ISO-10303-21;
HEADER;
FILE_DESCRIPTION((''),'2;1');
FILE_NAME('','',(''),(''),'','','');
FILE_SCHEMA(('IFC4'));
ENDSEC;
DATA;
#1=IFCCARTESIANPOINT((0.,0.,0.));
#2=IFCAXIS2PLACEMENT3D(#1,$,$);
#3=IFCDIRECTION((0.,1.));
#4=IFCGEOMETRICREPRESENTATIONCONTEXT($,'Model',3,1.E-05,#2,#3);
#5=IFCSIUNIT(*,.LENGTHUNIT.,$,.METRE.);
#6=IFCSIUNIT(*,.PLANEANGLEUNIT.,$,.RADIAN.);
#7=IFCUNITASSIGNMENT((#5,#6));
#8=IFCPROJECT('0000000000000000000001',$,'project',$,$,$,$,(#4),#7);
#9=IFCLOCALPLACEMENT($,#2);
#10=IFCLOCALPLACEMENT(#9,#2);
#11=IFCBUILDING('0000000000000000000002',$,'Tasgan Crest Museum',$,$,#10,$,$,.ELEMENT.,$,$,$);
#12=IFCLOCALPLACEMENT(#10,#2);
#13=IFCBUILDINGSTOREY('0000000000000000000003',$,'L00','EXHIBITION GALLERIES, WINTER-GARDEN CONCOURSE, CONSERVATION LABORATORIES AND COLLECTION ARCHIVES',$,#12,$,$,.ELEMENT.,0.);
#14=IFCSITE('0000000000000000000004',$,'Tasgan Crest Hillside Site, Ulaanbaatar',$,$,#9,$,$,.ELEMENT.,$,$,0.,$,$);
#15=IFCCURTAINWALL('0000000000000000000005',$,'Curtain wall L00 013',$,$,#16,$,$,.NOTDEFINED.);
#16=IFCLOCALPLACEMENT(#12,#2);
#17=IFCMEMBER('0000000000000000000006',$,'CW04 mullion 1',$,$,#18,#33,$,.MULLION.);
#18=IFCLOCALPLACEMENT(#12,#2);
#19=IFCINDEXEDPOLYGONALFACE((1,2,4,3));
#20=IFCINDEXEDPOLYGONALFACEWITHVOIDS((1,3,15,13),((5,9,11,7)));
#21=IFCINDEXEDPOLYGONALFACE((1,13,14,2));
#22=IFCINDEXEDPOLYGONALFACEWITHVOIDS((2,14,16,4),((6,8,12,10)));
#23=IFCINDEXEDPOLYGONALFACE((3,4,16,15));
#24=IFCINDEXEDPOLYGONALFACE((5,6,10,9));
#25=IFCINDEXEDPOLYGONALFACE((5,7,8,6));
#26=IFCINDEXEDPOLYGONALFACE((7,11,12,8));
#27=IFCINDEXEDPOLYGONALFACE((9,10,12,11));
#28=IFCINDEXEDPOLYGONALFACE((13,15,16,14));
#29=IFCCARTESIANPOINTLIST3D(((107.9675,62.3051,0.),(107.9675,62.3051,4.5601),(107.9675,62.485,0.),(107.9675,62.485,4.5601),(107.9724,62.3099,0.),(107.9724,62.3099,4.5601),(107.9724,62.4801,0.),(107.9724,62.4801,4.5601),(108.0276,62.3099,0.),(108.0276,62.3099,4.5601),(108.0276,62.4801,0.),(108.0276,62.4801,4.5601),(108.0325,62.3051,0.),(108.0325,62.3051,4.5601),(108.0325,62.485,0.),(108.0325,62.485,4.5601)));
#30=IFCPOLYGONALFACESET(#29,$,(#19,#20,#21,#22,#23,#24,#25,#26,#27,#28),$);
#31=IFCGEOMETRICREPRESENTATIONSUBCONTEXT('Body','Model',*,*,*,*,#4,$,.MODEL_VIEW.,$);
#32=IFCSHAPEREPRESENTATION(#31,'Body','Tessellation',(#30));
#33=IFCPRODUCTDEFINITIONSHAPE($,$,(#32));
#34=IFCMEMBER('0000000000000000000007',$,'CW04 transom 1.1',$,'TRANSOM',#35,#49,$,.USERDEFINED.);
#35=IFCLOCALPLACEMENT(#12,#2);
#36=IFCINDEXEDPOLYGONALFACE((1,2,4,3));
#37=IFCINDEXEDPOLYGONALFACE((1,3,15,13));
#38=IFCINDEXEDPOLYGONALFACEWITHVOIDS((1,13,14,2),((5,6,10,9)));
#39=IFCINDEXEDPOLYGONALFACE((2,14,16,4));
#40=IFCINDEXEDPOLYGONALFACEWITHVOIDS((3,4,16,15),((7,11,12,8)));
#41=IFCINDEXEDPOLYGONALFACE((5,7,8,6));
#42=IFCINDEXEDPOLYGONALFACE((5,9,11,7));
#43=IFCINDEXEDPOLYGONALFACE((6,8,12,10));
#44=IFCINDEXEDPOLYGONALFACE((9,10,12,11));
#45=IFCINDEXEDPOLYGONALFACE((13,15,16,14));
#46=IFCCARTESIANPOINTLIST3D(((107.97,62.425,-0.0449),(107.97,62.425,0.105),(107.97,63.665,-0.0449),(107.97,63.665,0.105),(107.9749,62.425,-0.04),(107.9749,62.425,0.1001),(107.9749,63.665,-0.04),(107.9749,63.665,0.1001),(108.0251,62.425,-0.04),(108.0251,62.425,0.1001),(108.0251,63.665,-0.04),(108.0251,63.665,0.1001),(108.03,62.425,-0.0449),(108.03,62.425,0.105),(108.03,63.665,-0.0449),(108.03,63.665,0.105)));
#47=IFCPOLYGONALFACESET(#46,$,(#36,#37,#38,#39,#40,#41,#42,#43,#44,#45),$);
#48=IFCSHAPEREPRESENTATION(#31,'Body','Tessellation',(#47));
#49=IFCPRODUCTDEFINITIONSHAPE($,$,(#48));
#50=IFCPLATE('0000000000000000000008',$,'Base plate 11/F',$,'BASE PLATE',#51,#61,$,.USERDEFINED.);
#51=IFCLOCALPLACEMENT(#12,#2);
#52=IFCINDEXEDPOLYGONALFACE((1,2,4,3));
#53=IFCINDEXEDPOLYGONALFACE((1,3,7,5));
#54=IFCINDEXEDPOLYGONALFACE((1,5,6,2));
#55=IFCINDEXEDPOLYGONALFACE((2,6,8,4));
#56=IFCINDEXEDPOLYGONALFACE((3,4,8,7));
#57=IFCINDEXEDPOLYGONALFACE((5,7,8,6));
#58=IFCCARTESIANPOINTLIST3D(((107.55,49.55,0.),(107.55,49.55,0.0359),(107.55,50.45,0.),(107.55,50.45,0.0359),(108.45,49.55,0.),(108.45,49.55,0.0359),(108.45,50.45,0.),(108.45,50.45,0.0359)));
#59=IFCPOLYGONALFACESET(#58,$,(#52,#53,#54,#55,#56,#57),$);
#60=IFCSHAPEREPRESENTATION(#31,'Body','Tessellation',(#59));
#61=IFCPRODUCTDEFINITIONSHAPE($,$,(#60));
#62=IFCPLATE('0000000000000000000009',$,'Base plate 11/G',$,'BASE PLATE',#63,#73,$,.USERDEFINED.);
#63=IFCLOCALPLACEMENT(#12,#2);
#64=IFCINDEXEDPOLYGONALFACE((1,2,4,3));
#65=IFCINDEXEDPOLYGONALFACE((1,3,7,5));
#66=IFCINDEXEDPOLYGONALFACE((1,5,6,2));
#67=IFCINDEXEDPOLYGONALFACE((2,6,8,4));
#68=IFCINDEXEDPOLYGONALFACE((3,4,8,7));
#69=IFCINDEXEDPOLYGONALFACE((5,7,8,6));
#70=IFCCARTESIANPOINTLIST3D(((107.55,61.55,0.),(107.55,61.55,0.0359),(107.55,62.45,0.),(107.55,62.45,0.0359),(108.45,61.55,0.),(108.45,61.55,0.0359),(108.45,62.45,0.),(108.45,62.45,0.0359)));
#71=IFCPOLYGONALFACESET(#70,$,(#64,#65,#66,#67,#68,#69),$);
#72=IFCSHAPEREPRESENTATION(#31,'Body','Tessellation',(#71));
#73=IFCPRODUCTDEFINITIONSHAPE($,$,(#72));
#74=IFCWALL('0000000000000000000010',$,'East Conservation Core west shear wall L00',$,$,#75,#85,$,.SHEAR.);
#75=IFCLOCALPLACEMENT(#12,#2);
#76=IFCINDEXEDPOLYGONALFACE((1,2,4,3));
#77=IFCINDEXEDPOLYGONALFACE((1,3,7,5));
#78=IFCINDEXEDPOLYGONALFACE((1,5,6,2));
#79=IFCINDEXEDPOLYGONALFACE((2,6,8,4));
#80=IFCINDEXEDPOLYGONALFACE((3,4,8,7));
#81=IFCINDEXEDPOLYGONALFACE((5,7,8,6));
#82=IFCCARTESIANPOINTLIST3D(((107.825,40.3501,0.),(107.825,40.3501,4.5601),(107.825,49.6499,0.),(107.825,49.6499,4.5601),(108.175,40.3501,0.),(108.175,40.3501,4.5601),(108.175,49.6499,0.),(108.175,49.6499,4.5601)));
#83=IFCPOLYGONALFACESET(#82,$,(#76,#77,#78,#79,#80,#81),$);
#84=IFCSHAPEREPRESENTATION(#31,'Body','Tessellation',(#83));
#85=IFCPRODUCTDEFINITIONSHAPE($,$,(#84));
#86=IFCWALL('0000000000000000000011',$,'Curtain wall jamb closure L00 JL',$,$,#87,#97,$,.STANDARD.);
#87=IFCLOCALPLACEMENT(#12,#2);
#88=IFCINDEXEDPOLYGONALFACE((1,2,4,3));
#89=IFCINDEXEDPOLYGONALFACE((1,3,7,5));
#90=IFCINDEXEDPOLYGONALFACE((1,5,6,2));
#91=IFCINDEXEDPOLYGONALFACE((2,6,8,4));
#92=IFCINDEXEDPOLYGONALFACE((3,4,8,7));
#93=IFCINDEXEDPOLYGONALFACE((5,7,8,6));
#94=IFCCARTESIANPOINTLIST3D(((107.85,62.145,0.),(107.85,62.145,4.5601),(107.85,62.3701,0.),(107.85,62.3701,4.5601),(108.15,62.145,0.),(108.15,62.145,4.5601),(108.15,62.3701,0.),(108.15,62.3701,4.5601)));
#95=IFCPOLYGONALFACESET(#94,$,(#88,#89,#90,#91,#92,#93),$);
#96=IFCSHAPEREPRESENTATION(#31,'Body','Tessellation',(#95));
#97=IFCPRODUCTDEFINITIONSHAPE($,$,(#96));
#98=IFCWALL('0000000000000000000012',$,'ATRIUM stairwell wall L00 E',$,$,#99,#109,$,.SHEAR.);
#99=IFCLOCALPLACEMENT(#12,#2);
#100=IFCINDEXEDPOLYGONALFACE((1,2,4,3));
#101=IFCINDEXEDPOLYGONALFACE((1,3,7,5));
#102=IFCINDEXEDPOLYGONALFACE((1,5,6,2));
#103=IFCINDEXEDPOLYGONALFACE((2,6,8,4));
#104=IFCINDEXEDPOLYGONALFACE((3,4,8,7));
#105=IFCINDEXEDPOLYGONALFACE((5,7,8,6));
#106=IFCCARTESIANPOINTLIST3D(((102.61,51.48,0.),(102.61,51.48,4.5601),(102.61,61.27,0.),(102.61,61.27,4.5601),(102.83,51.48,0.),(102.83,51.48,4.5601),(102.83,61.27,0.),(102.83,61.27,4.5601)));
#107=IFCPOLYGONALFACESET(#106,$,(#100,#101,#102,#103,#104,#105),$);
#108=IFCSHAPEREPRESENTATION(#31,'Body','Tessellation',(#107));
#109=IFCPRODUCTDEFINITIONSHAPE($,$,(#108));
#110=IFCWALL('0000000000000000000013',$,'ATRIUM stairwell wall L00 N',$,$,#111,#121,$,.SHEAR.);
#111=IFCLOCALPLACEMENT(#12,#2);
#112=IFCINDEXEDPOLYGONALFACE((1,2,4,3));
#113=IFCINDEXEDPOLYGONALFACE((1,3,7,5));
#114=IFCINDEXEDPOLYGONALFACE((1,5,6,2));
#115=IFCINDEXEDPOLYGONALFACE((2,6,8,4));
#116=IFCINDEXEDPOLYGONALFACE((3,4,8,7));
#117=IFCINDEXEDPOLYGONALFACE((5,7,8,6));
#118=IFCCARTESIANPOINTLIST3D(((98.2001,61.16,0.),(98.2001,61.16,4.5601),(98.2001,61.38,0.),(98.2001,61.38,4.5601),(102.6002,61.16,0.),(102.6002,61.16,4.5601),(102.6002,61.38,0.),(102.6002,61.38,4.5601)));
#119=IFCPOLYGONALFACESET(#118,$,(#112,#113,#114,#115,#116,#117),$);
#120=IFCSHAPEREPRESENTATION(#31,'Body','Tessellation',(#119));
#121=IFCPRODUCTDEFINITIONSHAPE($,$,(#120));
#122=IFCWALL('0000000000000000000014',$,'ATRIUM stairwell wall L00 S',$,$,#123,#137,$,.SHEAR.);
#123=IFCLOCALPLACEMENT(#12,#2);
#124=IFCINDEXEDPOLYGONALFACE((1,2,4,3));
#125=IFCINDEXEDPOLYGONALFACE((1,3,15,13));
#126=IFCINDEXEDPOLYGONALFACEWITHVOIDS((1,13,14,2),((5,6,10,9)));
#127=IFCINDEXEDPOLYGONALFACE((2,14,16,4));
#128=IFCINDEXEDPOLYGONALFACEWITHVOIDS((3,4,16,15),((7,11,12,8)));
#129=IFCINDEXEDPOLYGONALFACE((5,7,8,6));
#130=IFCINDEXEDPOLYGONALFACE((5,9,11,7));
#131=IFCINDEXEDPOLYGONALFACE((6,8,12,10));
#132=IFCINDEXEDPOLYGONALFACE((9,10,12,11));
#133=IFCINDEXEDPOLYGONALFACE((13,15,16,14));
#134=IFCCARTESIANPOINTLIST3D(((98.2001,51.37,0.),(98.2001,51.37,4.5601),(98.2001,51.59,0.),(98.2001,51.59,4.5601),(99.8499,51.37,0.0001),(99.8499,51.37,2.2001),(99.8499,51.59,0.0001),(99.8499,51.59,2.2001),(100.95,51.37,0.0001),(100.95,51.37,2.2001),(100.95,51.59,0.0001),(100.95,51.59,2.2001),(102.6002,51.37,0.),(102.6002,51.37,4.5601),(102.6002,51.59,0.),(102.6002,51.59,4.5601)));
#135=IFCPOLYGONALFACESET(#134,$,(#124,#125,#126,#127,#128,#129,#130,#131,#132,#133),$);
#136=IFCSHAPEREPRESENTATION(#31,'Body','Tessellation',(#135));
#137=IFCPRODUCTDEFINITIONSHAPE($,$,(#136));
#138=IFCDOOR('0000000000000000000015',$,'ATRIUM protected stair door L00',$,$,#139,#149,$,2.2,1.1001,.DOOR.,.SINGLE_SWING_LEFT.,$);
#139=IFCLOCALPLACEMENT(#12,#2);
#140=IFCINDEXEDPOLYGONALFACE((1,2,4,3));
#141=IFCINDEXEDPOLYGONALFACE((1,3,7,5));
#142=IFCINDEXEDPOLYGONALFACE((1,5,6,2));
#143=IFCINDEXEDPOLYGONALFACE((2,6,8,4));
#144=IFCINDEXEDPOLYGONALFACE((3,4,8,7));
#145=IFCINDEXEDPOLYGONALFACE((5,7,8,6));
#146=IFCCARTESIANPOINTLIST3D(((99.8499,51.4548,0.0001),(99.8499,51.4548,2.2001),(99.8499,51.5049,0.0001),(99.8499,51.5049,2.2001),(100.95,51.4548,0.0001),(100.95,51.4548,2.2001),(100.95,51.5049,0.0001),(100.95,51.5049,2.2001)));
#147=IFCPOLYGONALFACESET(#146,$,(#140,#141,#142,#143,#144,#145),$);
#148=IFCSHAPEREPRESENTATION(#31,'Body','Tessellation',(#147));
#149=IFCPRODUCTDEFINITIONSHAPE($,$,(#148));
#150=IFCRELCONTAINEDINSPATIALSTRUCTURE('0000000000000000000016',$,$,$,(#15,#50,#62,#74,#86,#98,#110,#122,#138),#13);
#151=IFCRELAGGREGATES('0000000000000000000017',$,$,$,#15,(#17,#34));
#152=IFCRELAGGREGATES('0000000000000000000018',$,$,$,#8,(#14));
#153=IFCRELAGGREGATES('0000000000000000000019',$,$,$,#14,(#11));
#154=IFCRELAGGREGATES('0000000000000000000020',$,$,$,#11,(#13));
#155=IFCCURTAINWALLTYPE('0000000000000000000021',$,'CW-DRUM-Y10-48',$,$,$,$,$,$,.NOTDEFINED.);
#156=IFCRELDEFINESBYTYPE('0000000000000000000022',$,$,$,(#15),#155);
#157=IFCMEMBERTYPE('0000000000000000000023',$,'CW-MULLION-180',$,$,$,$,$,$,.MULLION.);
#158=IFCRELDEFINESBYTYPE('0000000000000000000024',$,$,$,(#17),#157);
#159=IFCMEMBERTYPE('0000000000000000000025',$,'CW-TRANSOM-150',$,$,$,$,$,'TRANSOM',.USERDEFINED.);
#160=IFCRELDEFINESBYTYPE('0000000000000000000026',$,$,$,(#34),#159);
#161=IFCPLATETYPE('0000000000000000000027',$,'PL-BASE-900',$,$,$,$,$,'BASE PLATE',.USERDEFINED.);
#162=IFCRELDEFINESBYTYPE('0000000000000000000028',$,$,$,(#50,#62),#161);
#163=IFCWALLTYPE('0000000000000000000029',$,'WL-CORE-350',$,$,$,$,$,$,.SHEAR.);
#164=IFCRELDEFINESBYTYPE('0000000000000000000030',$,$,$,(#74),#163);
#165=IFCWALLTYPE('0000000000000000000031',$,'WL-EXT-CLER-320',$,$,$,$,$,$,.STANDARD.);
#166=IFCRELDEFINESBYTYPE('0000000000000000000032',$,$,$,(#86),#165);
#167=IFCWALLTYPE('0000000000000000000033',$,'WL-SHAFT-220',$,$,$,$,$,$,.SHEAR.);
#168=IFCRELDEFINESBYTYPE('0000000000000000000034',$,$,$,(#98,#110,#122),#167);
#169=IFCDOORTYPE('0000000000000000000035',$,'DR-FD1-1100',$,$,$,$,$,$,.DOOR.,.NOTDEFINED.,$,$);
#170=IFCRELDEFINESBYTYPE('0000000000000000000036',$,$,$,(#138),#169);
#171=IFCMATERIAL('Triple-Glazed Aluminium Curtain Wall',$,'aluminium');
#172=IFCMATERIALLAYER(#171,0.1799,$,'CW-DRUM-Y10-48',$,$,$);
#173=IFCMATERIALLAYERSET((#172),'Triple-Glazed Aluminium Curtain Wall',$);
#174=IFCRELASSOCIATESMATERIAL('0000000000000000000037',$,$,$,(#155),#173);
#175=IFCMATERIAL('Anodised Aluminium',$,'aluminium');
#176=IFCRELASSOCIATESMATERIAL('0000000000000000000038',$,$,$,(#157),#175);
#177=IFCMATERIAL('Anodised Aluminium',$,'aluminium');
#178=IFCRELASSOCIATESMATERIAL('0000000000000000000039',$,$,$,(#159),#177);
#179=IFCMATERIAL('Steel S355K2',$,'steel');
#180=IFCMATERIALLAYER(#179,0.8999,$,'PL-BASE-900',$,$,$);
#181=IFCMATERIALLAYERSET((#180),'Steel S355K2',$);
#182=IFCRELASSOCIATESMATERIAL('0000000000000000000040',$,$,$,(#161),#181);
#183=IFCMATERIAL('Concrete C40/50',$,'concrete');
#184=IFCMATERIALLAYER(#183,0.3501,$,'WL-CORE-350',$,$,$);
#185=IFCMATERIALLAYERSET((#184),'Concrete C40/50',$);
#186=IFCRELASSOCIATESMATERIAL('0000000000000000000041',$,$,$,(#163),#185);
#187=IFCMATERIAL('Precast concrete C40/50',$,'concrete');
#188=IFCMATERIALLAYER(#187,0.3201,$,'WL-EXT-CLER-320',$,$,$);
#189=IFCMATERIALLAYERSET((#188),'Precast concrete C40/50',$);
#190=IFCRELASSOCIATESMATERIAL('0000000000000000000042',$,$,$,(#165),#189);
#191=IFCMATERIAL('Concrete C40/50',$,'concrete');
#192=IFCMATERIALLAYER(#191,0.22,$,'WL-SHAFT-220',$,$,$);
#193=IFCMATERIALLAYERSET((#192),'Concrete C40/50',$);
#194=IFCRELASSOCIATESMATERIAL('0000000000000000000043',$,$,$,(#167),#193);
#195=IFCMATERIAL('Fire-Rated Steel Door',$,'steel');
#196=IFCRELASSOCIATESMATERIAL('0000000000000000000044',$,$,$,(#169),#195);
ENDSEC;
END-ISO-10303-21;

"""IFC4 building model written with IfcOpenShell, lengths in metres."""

from ifc_helpers import new_model, si_unit, direction, frame, frame_2d, origin, origin_2d, place, context, subcontext, project, spatial, rectangle, hollow_rectangle, extrude, material, layer, layer_set, material_profile, profile_set, type_object, element, fill, aggregate, save


model = new_model("IFC4")

# Units and contexts
model_context = context("Model", 3, precision=1e-05, world=origin(), true_north=direction((0.0, 1.0)))
body_context = subcontext(model_context, "Body", "Model", "MODEL_VIEW")
ifc_project = project(units=[si_unit("LENGTHUNIT", "METRE"), si_unit("PLANEANGLEUNIT", "RADIAN")], contexts=[model_context])

# Site, building, storey
site_placement = place(None, origin())
site = spatial("IfcSite", under=ifc_project, at=site_placement, Name="Tasgan Crest Hillside Site, Ulaanbaatar", CompositionType="ELEMENT", RefElevation=0.0)
building_placement = place(site_placement, origin())
building = spatial("IfcBuilding", under=site, at=building_placement, Name="Tasgan Crest Museum", CompositionType="ELEMENT")
storey_placement = place(building_placement, origin())
storey = spatial("IfcBuildingStorey", under=building, at=storey_placement, Name="L00", Description="EXHIBITION GALLERIES, WINTER-GARDEN CONCOURSE, CONSERVATION LABORATORIES AND COLLECTION ARCHIVES", CompositionType="ELEMENT", Elevation=0.0)

# Curtain wall, members
ifc_material_1 = material(Name="Triple-Glazed Aluminium Curtain Wall", Category="aluminium")
ifc_layer_1 = layer(ifc_material_1, 0.1799, Name="CW-DRUM-Y10-48")
ifc_layer_set_1 = layer_set([ifc_layer_1], Name="Triple-Glazed Aluminium Curtain Wall")
curtain_wall_type = type_object("IfcCurtainWallType", Name="CW-DRUM-Y10-48", PredefinedType="NOTDEFINED", material=ifc_layer_set_1)
curtain_wall_placement = place(storey_placement, origin())
curtain_wall = element("IfcCurtainWall", 1, at=curtain_wall_placement, inside=storey, type_object=curtain_wall_type, Name="Curtain wall L00 013", PredefinedType="NOTDEFINED")
ifc_material_2 = material(Name="Anodised Aluminium", Category="aluminium")
ifc_material_profile_1 = material_profile(ifc_material_2, hollow_rectangle(XDim=0.0649, YDim=0.1799, WallThickness=0.0049, at=origin_2d()), Name="ALU MULLION 180x65x5")
ifc_profile_set_1 = profile_set([ifc_material_profile_1], Name="Anodised Aluminium")
member_type_1 = type_object("IfcMemberType", Name="CW-MULLION-180", PredefinedType="MULLION", material=ifc_profile_set_1)
member_1_placement = place(storey_placement, frame((108.0, 62.395, 0.0), z_axis=(0.0, 0.0, 1.0), x_axis=(-1.0, 0.0, 0.0)))
member_1 = element("IfcMember", 2, at=member_1_placement, type_object=member_type_1, Name="CW04 mullion 1", PredefinedType="MULLION", context=body_context, shape_type="SweptSolid", body=[
    extrude(hollow_rectangle(XDim=0.0649, YDim=0.1799, WallThickness=0.0049, at=origin_2d()), origin(), (0.0, 0.0, 1.0), 4.5601),
])
ifc_material_3 = material(Name="Anodised Aluminium", Category="aluminium")
ifc_material_profile_2 = material_profile(ifc_material_3, hollow_rectangle(XDim=0.0601, YDim=0.1499, WallThickness=0.0049, at=origin_2d()), Name="ALU TRANSOM 150x60x5")
ifc_profile_set_2 = profile_set([ifc_material_profile_2], Name="Anodised Aluminium")
member_type_2 = type_object("IfcMemberType", Name="CW-TRANSOM-150", ElementType="TRANSOM", PredefinedType="USERDEFINED", material=ifc_profile_set_2)
member_2_placement = place(storey_placement, frame((108.0, 62.425, 0.03), z_axis=(0.0, 1.0, 0.0), x_axis=(-1.0, 0.0, 0.0)))
member_2 = element("IfcMember", 3, at=member_2_placement, type_object=member_type_2, Name="CW04 transom 1.1", ObjectType="TRANSOM", PredefinedType="USERDEFINED", context=body_context, shape_type="SweptSolid", body=[
    extrude(hollow_rectangle(XDim=0.0601, YDim=0.1499, WallThickness=0.0049, at=origin_2d()), origin(), (0.0, 0.0, 1.0), 1.24),
])
aggregate(curtain_wall, [member_1, member_2])

# Plates
ifc_material_4 = material(Name="Steel S355K2", Category="steel")
ifc_layer_2 = layer(ifc_material_4, 0.8999, Name="PL-BASE-900")
ifc_layer_set_2 = layer_set([ifc_layer_2], Name="Steel S355K2")
plate_type = type_object("IfcPlateType", Name="PL-BASE-900", ElementType="BASE PLATE", PredefinedType="USERDEFINED", material=ifc_layer_set_2)
for number, where, z_axis, x_axis, name in (
    (4, (108.0, 50.0, 0.0), (0.0, 0.0, 1.0), (1.0, 0.0, 0.0), "Base plate 11/F"),
    (5, (108.0, 62.0, 0.0), (0.0, 0.0, 1.0), (1.0, 0.0, 0.0), "Base plate 11/G"),
):
    element("IfcPlate", number, at=place(storey_placement, frame(where, z_axis=z_axis, x_axis=x_axis)), inside=storey, type_object=plate_type, Name=name, ObjectType="BASE PLATE", PredefinedType="USERDEFINED", context=body_context, shape_type="SweptSolid", body=[
        extrude(rectangle(XDim=0.8999, YDim=0.8999, at=origin_2d()), origin(), (0.0, 0.0, 1.0), 0.0359),
    ])

# Walls
ifc_material_5 = material(Name="Concrete C40/50", Category="concrete")
ifc_layer_3 = layer(ifc_material_5, 0.3501, Name="WL-CORE-350")
ifc_layer_set_3 = layer_set([ifc_layer_3], Name="Concrete C40/50")
wall_type_1 = type_object("IfcWallType", Name="WL-CORE-350", PredefinedType="SHEAR", material=ifc_layer_set_3)
wall_1_placement = place(storey_placement, frame((108.0, 40.3501, 0.0), z_axis=(0.0, 0.0, 1.0), x_axis=(0.0, 1.0, 0.0)))
element("IfcWall", 6, at=wall_1_placement, inside=storey, type_object=wall_type_1, Name="East Conservation Core west shear wall L00", PredefinedType="SHEAR", context=body_context, shape_type="SweptSolid", body=[
    extrude(rectangle(XDim=9.2998, YDim=0.3501, at=frame_2d((4.6499, 0.0))), origin(), (0.0, 0.0, 1.0), 4.5601),
])
ifc_material_6 = material(Name="Precast concrete C40/50", Category="concrete")
ifc_layer_4 = layer(ifc_material_6, 0.3201, Name="WL-EXT-CLER-320")
ifc_layer_set_4 = layer_set([ifc_layer_4], Name="Precast concrete C40/50")
wall_type_2 = type_object("IfcWallType", Name="WL-EXT-CLER-320", PredefinedType="STANDARD", material=ifc_layer_set_4)
wall_2_placement = place(storey_placement, frame((108.0, 62.145, 0.0), z_axis=(0.0, 0.0, 1.0), x_axis=(0.0, 1.0, 0.0)))
element("IfcWall", 7, at=wall_2_placement, inside=storey, type_object=wall_type_2, Name="Curtain wall jamb closure L00 JL", PredefinedType="STANDARD", context=body_context, shape_type="SweptSolid", body=[
    extrude(rectangle(XDim=0.2251, YDim=0.3, at=frame_2d((0.1125, 0.0))), origin(), (0.0, 0.0, 1.0), 4.5601),
])
ifc_material_7 = material(Name="Concrete C40/50", Category="concrete")
ifc_layer_5 = layer(ifc_material_7, 0.22, Name="WL-SHAFT-220")
ifc_layer_set_5 = layer_set([ifc_layer_5], Name="Concrete C40/50")
wall_type_3 = type_object("IfcWallType", Name="WL-SHAFT-220", PredefinedType="SHEAR", material=ifc_layer_set_5)
wall_3_placement = place(storey_placement, frame((102.72, 51.48, 0.0), z_axis=(0.0, 0.0, 1.0), x_axis=(0.0, 1.0, 0.0)))
element("IfcWall", 8, at=wall_3_placement, inside=storey, type_object=wall_type_3, Name="ATRIUM stairwell wall L00 E", PredefinedType="SHEAR", context=body_context, shape_type="SweptSolid", body=[
    extrude(rectangle(XDim=9.79, YDim=0.22, at=frame_2d((4.895, 0.0))), origin(), (0.0, 0.0, 1.0), 4.5601),
])
wall_4_placement = place(storey_placement, frame((98.2, 61.27, 0.0), z_axis=(0.0, 0.0, 1.0), x_axis=(1.0, 0.0, 0.0)))
element("IfcWall", 9, at=wall_4_placement, inside=storey, type_object=wall_type_3, Name="ATRIUM stairwell wall L00 N", PredefinedType="SHEAR", context=body_context, shape_type="SweptSolid", body=[
    extrude(rectangle(XDim=4.4001, YDim=0.22, at=frame_2d((2.2002, 0.0))), origin(), (0.0, 0.0, 1.0), 4.5601),
])

# Wall, opening, door
wall_5_placement = place(storey_placement, frame((98.2, 51.48, 0.0), z_axis=(0.0, 0.0, 1.0), x_axis=(1.0, 0.0, 0.0)))
wall_5 = element("IfcWall", 10, at=wall_5_placement, inside=storey, type_object=wall_type_3, Name="ATRIUM stairwell wall L00 S", PredefinedType="SHEAR", context=body_context, shape_type="SweptSolid", body=[
    extrude(rectangle(XDim=4.4001, YDim=0.22, at=frame_2d((2.2002, 0.0))), origin(), (0.0, 0.0, 1.0), 4.5601),
])
opening_placement = place(wall_5_placement, frame((1.6499, 0.0, 0.0)))
opening = element("IfcOpeningElement", 11, at=opening_placement, cuts=wall_5, PredefinedType="OPENING", context=body_context, shape_type="SweptSolid", body=[
    extrude(rectangle(XDim=1.1001, YDim=2.2, at=frame_2d((0.55, 1.1001))), frame((0.0, 0.1199, 0.0), z_axis=(0.0, -1.0, 0.0), x_axis=(1.0, 0.0, 0.0)), (0.0, 0.0, 1.0), 0.24),
])
ifc_material_8 = material(Name="Fire-Rated Steel Door", Category="steel")
door_type = type_object("IfcDoorType", Name="DR-FD1-1100", OperationType="NOTDEFINED", PredefinedType="DOOR", material=ifc_material_8)
door_placement = place(opening_placement, origin())
door = element("IfcDoor", 12, at=door_placement, inside=storey, type_object=door_type, Name="ATRIUM protected stair door L00", OperationType="SINGLE_SWING_LEFT", OverallHeight=2.2, OverallWidth=1.1001, PredefinedType="DOOR", context=body_context, shape_type="SweptSolid", body=[
    extrude(rectangle(XDim=1.1001, YDim=2.2, at=frame_2d((0.55, 1.1001))), frame((0.0, 0.0249, 0.0), z_axis=(0.0, -1.0, 0.0), x_axis=(1.0, 0.0, 0.0)), (0.0, 0.0, 1.0), 0.05),
])
fill(opening, door)

save(model, "model.ifc")
